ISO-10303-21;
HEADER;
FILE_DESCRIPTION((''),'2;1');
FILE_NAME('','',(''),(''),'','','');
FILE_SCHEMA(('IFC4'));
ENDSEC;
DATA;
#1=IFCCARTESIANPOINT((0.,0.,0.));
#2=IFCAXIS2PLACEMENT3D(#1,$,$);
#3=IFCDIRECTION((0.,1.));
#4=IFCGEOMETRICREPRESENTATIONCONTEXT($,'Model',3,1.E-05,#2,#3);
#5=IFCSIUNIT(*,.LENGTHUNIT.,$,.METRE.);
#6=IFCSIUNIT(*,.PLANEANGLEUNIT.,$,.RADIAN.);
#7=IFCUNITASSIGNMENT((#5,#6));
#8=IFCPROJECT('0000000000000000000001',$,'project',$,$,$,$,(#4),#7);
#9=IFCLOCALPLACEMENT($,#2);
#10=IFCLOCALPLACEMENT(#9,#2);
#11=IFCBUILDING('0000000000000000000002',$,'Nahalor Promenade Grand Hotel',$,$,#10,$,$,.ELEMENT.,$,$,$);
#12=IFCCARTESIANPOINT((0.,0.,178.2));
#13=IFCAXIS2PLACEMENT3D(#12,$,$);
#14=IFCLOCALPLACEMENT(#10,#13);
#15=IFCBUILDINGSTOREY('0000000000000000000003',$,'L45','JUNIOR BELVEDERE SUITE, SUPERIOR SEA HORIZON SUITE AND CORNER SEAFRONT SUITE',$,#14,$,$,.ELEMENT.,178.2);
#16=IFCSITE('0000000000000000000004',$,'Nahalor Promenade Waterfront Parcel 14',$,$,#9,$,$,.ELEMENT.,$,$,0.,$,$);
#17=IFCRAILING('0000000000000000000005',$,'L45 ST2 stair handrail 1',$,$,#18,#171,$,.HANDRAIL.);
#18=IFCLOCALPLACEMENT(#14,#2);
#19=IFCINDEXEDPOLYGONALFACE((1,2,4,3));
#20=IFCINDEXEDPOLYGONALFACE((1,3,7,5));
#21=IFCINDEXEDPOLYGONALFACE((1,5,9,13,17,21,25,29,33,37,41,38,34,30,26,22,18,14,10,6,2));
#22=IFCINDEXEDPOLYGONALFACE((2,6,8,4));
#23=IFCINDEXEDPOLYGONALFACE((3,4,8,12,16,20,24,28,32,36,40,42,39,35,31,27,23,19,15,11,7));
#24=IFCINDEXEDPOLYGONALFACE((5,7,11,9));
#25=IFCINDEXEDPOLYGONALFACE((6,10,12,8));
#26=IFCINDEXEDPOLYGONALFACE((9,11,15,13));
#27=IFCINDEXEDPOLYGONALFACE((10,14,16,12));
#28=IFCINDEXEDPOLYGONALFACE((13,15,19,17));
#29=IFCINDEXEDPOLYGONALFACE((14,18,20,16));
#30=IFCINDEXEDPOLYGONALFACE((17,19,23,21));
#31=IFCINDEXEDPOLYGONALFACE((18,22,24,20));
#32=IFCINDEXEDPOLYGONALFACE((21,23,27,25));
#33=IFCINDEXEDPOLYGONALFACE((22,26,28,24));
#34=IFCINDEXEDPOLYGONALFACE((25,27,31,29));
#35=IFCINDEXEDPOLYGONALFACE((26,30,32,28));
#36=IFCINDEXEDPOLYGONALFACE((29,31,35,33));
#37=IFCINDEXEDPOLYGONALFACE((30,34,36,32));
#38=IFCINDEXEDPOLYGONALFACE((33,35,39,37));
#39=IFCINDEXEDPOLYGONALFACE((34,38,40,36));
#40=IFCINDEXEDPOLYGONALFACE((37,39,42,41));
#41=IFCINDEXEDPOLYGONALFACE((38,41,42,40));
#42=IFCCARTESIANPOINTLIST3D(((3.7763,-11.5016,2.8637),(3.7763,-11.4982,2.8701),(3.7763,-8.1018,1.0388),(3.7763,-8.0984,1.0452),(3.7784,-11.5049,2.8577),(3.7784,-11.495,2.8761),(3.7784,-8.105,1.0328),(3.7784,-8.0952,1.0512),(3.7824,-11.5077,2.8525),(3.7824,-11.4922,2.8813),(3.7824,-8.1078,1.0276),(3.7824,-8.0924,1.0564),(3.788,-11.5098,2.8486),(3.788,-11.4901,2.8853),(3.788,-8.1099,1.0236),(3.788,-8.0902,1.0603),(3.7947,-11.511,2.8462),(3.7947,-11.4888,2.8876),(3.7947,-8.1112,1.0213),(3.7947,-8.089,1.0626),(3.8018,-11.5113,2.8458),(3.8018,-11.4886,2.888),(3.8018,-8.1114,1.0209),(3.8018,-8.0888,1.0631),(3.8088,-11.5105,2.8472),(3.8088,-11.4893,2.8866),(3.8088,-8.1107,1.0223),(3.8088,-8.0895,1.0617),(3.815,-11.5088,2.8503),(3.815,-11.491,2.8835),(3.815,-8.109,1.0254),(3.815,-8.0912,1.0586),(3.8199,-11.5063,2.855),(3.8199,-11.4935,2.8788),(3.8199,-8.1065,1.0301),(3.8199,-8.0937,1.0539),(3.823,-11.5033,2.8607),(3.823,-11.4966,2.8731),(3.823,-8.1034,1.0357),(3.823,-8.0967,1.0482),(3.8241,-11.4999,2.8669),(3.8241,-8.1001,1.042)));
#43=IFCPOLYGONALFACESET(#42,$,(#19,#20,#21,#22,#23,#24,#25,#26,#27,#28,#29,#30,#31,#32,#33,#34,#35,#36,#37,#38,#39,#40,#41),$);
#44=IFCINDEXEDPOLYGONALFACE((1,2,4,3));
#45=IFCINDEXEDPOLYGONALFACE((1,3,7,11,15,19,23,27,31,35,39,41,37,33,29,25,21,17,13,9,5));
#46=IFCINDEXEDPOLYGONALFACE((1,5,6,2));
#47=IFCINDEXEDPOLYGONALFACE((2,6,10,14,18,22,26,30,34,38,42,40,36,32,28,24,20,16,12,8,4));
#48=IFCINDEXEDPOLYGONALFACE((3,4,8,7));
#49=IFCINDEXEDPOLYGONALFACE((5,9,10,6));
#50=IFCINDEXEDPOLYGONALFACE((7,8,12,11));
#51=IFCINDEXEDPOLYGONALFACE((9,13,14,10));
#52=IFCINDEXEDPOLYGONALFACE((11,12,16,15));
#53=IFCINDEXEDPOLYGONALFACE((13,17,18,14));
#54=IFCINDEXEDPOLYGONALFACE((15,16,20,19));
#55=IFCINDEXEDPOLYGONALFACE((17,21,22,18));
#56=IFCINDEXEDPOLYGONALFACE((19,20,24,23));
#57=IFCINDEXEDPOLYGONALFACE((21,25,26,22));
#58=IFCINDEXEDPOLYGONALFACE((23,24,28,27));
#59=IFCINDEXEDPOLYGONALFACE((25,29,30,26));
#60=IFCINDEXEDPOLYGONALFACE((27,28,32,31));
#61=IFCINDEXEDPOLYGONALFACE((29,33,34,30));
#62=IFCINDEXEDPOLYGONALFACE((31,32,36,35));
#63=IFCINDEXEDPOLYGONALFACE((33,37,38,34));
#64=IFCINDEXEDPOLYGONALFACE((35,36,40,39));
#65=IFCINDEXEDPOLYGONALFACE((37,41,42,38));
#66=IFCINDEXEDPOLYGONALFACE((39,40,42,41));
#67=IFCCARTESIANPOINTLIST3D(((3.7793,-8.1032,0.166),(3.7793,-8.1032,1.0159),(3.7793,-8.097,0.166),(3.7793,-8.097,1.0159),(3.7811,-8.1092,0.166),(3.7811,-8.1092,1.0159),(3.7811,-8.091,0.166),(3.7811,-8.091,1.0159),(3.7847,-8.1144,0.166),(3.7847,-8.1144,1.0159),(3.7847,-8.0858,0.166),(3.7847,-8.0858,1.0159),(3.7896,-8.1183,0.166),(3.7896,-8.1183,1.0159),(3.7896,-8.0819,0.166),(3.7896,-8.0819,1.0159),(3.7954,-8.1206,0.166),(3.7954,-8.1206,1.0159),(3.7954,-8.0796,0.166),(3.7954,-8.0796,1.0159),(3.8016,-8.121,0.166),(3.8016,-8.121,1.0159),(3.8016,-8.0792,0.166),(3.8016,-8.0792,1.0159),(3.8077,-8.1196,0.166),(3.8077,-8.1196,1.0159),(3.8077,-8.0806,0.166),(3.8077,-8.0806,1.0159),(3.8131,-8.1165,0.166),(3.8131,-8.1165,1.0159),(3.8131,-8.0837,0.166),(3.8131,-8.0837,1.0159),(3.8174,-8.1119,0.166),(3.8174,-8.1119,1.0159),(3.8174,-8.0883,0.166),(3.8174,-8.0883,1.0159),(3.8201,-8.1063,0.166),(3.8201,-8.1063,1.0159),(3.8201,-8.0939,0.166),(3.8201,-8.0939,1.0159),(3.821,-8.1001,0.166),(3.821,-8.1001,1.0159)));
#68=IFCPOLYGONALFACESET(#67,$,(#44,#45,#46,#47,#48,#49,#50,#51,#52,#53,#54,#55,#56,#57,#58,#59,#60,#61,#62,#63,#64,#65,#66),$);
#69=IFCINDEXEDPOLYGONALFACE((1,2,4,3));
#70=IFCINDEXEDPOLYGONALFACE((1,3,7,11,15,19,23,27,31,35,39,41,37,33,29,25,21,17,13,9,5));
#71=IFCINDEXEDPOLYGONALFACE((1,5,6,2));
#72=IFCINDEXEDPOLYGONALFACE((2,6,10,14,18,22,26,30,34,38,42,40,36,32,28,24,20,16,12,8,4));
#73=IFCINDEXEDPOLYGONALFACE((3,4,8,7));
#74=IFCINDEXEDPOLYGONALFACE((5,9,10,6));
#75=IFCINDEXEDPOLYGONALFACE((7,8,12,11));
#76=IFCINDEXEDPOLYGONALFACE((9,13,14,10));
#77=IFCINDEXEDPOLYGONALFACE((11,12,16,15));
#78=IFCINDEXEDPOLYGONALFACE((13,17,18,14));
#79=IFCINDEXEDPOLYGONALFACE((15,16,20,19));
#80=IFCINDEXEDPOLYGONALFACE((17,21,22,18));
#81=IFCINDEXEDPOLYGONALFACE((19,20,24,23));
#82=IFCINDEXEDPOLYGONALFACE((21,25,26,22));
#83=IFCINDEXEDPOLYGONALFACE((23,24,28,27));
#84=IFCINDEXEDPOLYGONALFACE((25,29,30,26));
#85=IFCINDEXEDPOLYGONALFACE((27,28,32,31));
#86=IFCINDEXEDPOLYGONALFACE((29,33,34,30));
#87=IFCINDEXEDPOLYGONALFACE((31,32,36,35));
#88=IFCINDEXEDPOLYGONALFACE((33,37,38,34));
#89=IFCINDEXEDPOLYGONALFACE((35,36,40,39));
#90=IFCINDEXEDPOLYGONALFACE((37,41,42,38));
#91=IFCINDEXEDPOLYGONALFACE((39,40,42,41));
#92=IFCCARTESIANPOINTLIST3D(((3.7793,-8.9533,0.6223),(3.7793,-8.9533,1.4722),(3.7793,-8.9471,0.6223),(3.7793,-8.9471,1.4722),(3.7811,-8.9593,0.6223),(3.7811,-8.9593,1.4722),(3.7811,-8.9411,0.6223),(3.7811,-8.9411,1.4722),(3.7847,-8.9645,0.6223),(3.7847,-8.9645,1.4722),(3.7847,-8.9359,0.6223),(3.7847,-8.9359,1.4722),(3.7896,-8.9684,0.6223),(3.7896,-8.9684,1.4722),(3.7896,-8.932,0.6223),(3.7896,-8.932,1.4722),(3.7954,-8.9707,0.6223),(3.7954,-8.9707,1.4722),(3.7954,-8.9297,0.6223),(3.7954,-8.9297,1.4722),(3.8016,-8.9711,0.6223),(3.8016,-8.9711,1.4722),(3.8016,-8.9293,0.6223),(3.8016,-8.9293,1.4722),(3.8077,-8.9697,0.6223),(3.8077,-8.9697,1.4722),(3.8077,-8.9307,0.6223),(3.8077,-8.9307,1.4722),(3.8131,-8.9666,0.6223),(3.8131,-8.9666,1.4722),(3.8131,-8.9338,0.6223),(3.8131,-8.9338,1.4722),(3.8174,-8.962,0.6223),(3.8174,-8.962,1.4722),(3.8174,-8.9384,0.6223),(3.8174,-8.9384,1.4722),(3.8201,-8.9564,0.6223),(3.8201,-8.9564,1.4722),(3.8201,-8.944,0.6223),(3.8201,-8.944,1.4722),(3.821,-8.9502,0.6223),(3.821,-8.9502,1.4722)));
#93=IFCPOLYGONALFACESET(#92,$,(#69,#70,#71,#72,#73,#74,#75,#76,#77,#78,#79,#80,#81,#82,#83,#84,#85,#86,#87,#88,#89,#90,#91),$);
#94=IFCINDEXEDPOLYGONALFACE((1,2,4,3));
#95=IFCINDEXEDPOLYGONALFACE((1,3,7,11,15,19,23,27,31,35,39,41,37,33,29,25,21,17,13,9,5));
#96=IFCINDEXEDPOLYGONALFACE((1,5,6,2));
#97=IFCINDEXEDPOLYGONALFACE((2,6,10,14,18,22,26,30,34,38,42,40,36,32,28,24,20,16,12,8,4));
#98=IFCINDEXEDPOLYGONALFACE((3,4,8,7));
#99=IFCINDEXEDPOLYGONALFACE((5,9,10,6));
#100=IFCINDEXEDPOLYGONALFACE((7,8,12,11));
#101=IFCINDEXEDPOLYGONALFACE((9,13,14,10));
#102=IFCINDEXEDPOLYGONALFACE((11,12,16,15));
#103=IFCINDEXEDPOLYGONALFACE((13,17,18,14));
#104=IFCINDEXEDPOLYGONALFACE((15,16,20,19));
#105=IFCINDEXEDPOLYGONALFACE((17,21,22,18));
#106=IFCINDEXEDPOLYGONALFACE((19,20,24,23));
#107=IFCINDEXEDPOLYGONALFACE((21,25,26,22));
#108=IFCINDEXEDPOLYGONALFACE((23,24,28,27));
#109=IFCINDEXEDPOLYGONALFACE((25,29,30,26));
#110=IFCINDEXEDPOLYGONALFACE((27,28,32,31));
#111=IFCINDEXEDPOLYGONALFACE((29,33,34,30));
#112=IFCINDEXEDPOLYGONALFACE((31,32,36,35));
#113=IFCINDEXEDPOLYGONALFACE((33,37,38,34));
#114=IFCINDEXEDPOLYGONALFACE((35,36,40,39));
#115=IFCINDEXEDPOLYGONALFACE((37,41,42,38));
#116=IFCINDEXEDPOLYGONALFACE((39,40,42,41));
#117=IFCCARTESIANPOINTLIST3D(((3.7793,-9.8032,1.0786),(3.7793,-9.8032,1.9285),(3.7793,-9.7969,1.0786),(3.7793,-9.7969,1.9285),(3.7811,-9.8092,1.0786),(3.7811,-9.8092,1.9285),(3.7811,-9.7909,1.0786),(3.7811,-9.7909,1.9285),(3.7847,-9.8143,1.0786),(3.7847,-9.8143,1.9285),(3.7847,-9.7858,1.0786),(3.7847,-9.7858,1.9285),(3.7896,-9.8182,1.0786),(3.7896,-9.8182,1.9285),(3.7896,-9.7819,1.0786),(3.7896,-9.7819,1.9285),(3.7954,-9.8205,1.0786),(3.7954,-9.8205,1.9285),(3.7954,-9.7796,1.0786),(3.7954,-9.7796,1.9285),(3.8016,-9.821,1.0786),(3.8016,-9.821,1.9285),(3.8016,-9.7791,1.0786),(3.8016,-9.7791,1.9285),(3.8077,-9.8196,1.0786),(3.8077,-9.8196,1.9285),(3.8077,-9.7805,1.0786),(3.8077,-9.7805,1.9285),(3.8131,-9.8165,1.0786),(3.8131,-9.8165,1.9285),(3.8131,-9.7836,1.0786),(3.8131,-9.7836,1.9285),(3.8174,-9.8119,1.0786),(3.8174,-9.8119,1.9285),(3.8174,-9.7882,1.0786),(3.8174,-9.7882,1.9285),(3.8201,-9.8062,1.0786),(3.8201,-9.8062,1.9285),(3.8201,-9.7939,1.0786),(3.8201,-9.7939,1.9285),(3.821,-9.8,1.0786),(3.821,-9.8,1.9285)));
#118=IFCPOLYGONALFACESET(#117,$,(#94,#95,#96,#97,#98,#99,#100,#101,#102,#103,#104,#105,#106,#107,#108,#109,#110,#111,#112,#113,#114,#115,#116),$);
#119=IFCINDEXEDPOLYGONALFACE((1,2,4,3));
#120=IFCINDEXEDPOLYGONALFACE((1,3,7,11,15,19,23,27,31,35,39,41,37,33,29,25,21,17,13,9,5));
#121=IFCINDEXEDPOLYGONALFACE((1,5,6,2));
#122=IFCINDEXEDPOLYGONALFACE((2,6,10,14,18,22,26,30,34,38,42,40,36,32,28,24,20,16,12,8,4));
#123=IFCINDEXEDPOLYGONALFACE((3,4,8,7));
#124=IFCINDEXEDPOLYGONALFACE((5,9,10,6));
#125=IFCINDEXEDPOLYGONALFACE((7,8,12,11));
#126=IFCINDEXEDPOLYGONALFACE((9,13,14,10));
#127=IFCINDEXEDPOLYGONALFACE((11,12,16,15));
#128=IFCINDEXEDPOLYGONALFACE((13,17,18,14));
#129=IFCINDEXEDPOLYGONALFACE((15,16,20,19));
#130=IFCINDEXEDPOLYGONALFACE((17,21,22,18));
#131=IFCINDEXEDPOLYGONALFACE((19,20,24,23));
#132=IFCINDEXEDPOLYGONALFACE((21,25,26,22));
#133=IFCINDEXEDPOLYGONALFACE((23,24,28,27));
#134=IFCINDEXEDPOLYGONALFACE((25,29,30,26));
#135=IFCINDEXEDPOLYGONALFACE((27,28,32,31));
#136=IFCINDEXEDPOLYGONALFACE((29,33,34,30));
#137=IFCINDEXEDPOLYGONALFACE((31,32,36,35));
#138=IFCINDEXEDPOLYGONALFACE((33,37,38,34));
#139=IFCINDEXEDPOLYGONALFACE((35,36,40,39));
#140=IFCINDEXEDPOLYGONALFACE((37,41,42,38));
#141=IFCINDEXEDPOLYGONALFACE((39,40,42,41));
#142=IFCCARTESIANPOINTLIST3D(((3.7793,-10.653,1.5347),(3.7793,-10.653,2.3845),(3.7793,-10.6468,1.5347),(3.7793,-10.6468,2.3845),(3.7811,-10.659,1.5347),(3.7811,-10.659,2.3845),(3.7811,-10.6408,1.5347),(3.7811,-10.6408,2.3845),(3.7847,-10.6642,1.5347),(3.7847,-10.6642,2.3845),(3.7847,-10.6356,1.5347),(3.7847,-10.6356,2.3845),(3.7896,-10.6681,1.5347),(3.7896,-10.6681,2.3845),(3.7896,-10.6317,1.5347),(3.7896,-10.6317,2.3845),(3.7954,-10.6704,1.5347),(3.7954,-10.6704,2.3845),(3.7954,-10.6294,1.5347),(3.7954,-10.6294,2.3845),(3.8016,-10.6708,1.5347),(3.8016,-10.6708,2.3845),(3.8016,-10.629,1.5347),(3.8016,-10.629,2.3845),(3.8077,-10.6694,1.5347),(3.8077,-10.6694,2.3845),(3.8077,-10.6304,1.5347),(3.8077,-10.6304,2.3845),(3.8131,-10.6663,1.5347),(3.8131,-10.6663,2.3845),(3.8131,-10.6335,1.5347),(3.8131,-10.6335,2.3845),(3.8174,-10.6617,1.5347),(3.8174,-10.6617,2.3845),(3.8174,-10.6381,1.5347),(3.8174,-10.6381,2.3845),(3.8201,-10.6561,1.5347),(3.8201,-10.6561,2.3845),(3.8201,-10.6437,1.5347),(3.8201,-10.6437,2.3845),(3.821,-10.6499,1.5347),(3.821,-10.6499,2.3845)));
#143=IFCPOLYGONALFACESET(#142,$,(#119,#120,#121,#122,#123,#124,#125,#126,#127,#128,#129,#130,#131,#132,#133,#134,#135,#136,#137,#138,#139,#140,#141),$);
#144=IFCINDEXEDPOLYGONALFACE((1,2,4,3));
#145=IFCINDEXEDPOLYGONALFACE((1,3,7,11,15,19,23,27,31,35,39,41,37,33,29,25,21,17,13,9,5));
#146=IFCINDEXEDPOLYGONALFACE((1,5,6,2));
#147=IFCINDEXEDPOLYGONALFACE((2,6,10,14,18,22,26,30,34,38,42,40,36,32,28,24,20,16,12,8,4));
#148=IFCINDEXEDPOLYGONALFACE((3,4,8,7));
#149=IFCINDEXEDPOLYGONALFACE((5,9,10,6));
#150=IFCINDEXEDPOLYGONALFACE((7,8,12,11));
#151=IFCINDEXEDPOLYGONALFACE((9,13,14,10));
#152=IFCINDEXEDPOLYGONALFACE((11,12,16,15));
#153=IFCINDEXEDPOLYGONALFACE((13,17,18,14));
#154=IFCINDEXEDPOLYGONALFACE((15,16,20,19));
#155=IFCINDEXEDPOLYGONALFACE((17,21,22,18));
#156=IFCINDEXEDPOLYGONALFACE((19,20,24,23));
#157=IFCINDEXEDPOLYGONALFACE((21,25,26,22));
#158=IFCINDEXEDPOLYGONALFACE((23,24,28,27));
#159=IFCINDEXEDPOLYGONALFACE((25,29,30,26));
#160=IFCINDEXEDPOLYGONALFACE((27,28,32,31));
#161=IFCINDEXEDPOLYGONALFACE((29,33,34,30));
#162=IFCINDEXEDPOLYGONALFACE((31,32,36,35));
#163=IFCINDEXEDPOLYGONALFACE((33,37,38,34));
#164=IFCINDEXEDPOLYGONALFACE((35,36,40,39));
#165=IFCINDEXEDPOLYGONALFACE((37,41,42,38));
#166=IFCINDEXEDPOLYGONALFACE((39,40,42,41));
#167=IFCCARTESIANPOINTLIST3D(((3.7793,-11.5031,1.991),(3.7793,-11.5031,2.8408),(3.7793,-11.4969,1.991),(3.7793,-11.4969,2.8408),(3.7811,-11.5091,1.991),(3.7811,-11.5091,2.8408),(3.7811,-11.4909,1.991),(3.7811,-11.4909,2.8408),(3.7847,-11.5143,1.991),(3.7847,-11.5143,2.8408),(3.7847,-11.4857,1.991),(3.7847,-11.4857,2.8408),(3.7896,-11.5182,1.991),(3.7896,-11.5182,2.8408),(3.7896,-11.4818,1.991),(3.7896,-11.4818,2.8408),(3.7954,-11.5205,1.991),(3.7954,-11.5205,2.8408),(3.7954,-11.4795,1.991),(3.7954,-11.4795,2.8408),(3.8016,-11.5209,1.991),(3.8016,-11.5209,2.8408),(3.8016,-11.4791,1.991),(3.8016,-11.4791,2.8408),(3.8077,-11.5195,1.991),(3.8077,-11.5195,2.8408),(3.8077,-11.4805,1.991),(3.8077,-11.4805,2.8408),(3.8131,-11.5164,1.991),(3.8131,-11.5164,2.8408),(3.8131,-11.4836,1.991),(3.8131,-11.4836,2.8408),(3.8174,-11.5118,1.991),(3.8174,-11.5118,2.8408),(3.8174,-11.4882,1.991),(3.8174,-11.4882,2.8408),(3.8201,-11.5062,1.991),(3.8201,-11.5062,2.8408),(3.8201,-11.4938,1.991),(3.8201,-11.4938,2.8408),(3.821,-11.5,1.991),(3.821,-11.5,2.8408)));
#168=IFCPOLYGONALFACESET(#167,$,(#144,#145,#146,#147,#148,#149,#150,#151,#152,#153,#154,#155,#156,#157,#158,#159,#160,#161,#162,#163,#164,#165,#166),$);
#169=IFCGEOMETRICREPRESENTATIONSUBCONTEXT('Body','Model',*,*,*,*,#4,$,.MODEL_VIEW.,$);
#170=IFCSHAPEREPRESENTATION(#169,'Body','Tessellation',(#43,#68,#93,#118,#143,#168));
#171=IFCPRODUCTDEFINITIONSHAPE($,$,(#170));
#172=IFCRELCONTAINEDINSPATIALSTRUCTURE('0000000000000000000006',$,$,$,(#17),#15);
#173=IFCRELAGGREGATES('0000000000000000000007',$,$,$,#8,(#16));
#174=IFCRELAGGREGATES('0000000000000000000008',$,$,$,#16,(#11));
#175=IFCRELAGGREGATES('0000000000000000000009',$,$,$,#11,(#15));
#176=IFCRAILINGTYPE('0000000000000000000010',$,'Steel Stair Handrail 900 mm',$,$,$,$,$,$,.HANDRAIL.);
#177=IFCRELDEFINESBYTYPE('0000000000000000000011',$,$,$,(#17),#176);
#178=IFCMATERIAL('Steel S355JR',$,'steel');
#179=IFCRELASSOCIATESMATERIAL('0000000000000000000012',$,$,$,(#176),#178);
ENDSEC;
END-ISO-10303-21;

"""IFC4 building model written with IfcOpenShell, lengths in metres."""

from ifc_helpers import new_model, si_unit, direction, frame, origin, origin_2d, place, context, subcontext, project, spatial, circle, extrude, material, type_object, element, save


model = new_model("IFC4")

# Units and contexts
model_context = context("Model", 3, precision=1e-05, world=origin(), true_north=direction((0.0, 1.0)))
body_context = subcontext(model_context, "Body", "Model", "MODEL_VIEW")
ifc_project = project(units=[si_unit("LENGTHUNIT", "METRE"), si_unit("PLANEANGLEUNIT", "RADIAN")], contexts=[model_context])

# Site, building, storey
site_placement = place(None, origin())
site = spatial("IfcSite", under=ifc_project, at=site_placement, Name="Nahalor Promenade Waterfront Parcel 14", CompositionType="ELEMENT", RefElevation=0.0)
building_placement = place(site_placement, origin())
building = spatial("IfcBuilding", under=site, at=building_placement, Name="Nahalor Promenade Grand Hotel", CompositionType="ELEMENT")
storey_placement = place(building_placement, frame((0.0, 0.0, 178.2)))
storey = spatial("IfcBuildingStorey", under=building, at=storey_placement, Name="L45", Description="JUNIOR BELVEDERE SUITE, SUPERIOR SEA HORIZON SUITE AND CORNER SEAFRONT SUITE", CompositionType="ELEMENT", Elevation=178.2)

# Shared definitions
ifc_material_1 = material(Name="Steel S355JR", Category="steel")

# Railing
railing_type_1 = type_object("IfcRailingType", Name="Steel Stair Handrail 900 mm", PredefinedType="HANDRAIL", material=ifc_material_1)
for number, where, name in (
    (1, (3.8, -8.1001, 0.166), "L45 ST2 stair handrail 1"),
):
    element("IfcRailing", number, at=place(storey_placement, frame(where)), inside=storey, type_object=railing_type_1, Name=name, PredefinedType="HANDRAIL", context=body_context, shape_type="SweptSolid", body=[
        extrude(circle(Radius=0.024, at=origin_2d()), frame((0.0, 0.0, 0.876), z_axis=(0.0, -0.881094, 0.472941), x_axis=(1.0, 0.0, 0.0)), (0.0, 0.0, 1.0), 3.8586),
        extrude(circle(Radius=0.021, at=origin_2d()), origin(), (0.0, 0.0, 1.0), 0.8499),
        extrude(circle(Radius=0.021, at=origin_2d()), frame((0.0, -0.8501, 0.4563)), (0.0, 0.0, 1.0), 0.8499),
        extrude(circle(Radius=0.021, at=origin_2d()), frame((0.0, -1.7, 0.9126)), (0.0, 0.0, 1.0), 0.8499),
        extrude(circle(Radius=0.021, at=origin_2d()), frame((0.0, -2.5498, 1.3687)), (0.0, 0.0, 1.0), 0.8499),
        extrude(circle(Radius=0.021, at=origin_2d()), frame((0.0, -3.3999, 1.825)), (0.0, 0.0, 1.0), 0.8499),
    ])

save(model, "model.ifc")
